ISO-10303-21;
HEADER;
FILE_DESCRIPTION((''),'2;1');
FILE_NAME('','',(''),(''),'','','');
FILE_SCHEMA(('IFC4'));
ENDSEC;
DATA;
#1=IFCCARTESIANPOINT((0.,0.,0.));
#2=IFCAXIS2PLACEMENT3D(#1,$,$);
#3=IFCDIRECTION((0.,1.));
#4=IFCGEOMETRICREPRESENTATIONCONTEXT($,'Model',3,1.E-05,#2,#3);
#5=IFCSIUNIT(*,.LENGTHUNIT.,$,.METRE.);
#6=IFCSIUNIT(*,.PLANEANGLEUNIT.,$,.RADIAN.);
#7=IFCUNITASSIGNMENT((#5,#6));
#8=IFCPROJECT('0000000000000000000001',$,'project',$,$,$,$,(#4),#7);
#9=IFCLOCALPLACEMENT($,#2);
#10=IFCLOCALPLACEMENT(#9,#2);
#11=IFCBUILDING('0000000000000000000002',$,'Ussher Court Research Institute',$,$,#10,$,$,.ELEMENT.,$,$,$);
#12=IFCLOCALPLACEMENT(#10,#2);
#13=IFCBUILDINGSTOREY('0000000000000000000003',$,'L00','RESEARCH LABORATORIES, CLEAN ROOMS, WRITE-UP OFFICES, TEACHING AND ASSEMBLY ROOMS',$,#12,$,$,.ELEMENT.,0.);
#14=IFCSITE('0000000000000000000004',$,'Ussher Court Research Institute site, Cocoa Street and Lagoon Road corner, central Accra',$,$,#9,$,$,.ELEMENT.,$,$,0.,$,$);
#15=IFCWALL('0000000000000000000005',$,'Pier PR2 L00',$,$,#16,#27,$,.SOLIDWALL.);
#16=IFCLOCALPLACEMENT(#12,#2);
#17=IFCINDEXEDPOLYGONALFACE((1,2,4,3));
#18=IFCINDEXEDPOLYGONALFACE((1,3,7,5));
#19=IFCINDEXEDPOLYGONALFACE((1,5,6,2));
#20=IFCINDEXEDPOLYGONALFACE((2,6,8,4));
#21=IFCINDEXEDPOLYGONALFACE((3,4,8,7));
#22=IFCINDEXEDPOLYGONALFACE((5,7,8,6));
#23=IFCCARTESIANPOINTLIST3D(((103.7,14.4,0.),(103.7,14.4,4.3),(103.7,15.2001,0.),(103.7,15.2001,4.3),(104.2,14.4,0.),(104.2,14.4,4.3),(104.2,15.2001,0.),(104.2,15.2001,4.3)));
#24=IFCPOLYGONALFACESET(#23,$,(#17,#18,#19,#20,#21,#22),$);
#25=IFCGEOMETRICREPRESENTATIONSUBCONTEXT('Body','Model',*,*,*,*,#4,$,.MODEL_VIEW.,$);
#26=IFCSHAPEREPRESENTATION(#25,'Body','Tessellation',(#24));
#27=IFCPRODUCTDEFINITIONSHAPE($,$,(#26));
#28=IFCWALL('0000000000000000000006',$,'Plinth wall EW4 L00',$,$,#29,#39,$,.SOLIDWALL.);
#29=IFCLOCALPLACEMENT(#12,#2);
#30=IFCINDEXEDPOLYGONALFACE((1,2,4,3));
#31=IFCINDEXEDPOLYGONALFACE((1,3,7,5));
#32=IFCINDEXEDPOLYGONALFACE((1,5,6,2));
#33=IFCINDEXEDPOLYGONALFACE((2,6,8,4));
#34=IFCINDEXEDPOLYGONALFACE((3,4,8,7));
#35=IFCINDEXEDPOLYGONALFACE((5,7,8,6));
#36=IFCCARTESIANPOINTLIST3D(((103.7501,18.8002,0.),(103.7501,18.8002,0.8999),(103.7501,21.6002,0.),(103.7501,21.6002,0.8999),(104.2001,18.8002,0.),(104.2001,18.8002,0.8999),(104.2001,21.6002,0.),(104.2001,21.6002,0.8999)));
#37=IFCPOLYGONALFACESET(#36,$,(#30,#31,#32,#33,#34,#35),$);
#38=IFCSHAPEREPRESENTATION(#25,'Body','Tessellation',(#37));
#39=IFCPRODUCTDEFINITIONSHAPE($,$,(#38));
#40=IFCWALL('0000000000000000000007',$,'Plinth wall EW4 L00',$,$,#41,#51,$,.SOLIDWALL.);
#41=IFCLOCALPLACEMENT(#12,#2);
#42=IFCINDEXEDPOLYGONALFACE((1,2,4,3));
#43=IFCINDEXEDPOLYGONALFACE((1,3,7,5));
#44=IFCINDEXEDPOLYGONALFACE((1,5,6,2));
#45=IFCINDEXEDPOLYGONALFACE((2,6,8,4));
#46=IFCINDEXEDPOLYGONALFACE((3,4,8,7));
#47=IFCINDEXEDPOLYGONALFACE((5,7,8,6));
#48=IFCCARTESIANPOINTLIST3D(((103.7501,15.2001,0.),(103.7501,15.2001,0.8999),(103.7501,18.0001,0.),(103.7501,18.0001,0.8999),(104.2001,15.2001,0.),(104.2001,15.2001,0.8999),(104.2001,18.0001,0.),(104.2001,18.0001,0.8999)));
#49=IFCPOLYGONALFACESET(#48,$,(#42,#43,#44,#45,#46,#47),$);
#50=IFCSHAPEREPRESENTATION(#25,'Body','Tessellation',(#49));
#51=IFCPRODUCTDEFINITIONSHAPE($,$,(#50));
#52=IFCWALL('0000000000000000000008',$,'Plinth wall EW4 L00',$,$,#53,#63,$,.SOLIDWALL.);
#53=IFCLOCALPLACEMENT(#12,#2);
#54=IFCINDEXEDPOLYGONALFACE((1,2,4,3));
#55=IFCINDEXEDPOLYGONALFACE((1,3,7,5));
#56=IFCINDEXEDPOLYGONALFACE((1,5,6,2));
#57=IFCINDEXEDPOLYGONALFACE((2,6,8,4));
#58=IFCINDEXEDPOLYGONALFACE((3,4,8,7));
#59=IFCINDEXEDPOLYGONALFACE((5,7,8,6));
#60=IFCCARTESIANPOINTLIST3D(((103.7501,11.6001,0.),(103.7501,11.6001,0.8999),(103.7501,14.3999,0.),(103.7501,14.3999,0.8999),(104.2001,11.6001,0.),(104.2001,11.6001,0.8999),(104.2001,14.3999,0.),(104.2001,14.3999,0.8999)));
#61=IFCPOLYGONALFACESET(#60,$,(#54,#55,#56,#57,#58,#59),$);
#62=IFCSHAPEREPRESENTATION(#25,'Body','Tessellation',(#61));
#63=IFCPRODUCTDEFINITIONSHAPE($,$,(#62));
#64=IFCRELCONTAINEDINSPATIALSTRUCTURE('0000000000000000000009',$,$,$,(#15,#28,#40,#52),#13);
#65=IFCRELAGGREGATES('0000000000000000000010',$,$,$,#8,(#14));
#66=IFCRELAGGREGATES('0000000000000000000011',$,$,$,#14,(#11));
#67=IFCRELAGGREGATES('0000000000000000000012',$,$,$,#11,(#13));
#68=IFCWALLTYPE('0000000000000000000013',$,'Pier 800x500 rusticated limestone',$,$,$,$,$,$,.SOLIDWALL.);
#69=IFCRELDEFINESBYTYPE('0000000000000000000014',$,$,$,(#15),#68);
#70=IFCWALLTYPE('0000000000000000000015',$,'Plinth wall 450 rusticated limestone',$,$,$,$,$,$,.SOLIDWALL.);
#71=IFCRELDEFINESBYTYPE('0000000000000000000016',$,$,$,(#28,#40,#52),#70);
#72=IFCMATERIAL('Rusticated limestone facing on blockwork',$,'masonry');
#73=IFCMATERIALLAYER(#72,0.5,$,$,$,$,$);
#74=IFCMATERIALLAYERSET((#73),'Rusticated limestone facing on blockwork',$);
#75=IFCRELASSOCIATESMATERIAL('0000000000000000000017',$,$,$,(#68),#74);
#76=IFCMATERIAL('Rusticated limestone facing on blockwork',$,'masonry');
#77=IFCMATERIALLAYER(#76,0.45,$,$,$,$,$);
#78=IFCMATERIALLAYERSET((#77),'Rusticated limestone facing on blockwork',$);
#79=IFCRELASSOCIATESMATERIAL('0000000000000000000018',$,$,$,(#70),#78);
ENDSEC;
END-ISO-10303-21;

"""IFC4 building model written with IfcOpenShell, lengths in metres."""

from ifc_helpers import new_model, si_unit, direction, frame, frame_2d, origin, place, context, subcontext, project, spatial, rectangle, extrude, material, layer, layer_set, type_object, element, save


model = new_model("IFC4")

# Units and contexts
model_context = context("Model", 3, precision=1e-05, world=origin(), true_north=direction((0.0, 1.0)))
body_context = subcontext(model_context, "Body", "Model", "MODEL_VIEW")
ifc_project = project(units=[si_unit("LENGTHUNIT", "METRE"), si_unit("PLANEANGLEUNIT", "RADIAN")], contexts=[model_context])

# Site, building, storey
site_placement = place(None, origin())
site = spatial("IfcSite", under=ifc_project, at=site_placement, Name="Ussher Court Research Institute site, Cocoa Street and Lagoon Road corner, central Accra", CompositionType="ELEMENT", RefElevation=0.0)
building_placement = place(site_placement, origin())
building = spatial("IfcBuilding", under=site, at=building_placement, Name="Ussher Court Research Institute", CompositionType="ELEMENT")
storey_placement = place(building_placement, origin())
storey = spatial("IfcBuildingStorey", under=building, at=storey_placement, Name="L00", Description="RESEARCH LABORATORIES, CLEAN ROOMS, WRITE-UP OFFICES, TEACHING AND ASSEMBLY ROOMS", CompositionType="ELEMENT", Elevation=0.0)

# Walls
ifc_material_1 = material(Name="Rusticated limestone facing on blockwork", Category="masonry")
ifc_layer_1 = layer(ifc_material_1, 0.5)
ifc_layer_set_1 = layer_set([ifc_layer_1], Name="Rusticated limestone facing on blockwork")
wall_type_1 = type_object("IfcWallType", Name="Pier 800x500 rusticated limestone", PredefinedType="SOLIDWALL", material=ifc_layer_set_1)
wall_1_placement = place(storey_placement, frame((103.95, 15.2, 0.0), z_axis=(0.0, 0.0, 1.0), x_axis=(0.0, -1.0, 0.0)))
element("IfcWall", 1, at=wall_1_placement, inside=storey, type_object=wall_type_1, Name="Pier PR2 L00", PredefinedType="SOLIDWALL", context=body_context, shape_type="SweptSolid", body=[
    extrude(rectangle(XDim=0.8, YDim=0.5, at=frame_2d((0.3999, 0.0))), origin(), (0.0, 0.0, 1.0), 4.3),
])
ifc_material_2 = material(Name="Rusticated limestone facing on blockwork", Category="masonry")
ifc_layer_2 = layer(ifc_material_2, 0.45)
ifc_layer_set_2 = layer_set([ifc_layer_2], Name="Rusticated limestone facing on blockwork")
wall_type_2 = type_object("IfcWallType", Name="Plinth wall 450 rusticated limestone", PredefinedType="SOLIDWALL", material=ifc_layer_set_2)
for number, where, z_axis, x_axis, name in (
    (2, (103.9751, 21.6001, 0.0), (0.0, 0.0, 1.0), (0.0, -1.0, 0.0), "Plinth wall EW4 L00"),
    (3, (103.9751, 18.0, 0.0), (0.0, 0.0, 1.0), (0.0, -1.0, 0.0), "Plinth wall EW4 L00"),
):
    element("IfcWall", number, at=place(storey_placement, frame(where, z_axis=z_axis, x_axis=x_axis)), inside=storey, type_object=wall_type_2, Name=name, PredefinedType="SOLIDWALL", context=body_context, shape_type="SweptSolid", body=[
        extrude(rectangle(XDim=2.8, YDim=0.45, at=frame_2d((1.3999, 0.0))), origin(), (0.0, 0.0, 1.0), 0.8999),
    ])
wall_2_placement = place(storey_placement, frame((103.9751, 14.3999, 0.0), z_axis=(0.0, 0.0, 1.0), x_axis=(0.0, -1.0, 0.0)))
element("IfcWall", 4, at=wall_2_placement, inside=storey, type_object=wall_type_2, Name="Plinth wall EW4 L00", PredefinedType="SOLIDWALL", context=body_context, shape_type="SweptSolid", body=[
    extrude(rectangle(XDim=2.7998, YDim=0.45, at=frame_2d((1.3999, 0.0))), origin(), (0.0, 0.0, 1.0), 0.8999),
])

save(model, "model.ifc")
